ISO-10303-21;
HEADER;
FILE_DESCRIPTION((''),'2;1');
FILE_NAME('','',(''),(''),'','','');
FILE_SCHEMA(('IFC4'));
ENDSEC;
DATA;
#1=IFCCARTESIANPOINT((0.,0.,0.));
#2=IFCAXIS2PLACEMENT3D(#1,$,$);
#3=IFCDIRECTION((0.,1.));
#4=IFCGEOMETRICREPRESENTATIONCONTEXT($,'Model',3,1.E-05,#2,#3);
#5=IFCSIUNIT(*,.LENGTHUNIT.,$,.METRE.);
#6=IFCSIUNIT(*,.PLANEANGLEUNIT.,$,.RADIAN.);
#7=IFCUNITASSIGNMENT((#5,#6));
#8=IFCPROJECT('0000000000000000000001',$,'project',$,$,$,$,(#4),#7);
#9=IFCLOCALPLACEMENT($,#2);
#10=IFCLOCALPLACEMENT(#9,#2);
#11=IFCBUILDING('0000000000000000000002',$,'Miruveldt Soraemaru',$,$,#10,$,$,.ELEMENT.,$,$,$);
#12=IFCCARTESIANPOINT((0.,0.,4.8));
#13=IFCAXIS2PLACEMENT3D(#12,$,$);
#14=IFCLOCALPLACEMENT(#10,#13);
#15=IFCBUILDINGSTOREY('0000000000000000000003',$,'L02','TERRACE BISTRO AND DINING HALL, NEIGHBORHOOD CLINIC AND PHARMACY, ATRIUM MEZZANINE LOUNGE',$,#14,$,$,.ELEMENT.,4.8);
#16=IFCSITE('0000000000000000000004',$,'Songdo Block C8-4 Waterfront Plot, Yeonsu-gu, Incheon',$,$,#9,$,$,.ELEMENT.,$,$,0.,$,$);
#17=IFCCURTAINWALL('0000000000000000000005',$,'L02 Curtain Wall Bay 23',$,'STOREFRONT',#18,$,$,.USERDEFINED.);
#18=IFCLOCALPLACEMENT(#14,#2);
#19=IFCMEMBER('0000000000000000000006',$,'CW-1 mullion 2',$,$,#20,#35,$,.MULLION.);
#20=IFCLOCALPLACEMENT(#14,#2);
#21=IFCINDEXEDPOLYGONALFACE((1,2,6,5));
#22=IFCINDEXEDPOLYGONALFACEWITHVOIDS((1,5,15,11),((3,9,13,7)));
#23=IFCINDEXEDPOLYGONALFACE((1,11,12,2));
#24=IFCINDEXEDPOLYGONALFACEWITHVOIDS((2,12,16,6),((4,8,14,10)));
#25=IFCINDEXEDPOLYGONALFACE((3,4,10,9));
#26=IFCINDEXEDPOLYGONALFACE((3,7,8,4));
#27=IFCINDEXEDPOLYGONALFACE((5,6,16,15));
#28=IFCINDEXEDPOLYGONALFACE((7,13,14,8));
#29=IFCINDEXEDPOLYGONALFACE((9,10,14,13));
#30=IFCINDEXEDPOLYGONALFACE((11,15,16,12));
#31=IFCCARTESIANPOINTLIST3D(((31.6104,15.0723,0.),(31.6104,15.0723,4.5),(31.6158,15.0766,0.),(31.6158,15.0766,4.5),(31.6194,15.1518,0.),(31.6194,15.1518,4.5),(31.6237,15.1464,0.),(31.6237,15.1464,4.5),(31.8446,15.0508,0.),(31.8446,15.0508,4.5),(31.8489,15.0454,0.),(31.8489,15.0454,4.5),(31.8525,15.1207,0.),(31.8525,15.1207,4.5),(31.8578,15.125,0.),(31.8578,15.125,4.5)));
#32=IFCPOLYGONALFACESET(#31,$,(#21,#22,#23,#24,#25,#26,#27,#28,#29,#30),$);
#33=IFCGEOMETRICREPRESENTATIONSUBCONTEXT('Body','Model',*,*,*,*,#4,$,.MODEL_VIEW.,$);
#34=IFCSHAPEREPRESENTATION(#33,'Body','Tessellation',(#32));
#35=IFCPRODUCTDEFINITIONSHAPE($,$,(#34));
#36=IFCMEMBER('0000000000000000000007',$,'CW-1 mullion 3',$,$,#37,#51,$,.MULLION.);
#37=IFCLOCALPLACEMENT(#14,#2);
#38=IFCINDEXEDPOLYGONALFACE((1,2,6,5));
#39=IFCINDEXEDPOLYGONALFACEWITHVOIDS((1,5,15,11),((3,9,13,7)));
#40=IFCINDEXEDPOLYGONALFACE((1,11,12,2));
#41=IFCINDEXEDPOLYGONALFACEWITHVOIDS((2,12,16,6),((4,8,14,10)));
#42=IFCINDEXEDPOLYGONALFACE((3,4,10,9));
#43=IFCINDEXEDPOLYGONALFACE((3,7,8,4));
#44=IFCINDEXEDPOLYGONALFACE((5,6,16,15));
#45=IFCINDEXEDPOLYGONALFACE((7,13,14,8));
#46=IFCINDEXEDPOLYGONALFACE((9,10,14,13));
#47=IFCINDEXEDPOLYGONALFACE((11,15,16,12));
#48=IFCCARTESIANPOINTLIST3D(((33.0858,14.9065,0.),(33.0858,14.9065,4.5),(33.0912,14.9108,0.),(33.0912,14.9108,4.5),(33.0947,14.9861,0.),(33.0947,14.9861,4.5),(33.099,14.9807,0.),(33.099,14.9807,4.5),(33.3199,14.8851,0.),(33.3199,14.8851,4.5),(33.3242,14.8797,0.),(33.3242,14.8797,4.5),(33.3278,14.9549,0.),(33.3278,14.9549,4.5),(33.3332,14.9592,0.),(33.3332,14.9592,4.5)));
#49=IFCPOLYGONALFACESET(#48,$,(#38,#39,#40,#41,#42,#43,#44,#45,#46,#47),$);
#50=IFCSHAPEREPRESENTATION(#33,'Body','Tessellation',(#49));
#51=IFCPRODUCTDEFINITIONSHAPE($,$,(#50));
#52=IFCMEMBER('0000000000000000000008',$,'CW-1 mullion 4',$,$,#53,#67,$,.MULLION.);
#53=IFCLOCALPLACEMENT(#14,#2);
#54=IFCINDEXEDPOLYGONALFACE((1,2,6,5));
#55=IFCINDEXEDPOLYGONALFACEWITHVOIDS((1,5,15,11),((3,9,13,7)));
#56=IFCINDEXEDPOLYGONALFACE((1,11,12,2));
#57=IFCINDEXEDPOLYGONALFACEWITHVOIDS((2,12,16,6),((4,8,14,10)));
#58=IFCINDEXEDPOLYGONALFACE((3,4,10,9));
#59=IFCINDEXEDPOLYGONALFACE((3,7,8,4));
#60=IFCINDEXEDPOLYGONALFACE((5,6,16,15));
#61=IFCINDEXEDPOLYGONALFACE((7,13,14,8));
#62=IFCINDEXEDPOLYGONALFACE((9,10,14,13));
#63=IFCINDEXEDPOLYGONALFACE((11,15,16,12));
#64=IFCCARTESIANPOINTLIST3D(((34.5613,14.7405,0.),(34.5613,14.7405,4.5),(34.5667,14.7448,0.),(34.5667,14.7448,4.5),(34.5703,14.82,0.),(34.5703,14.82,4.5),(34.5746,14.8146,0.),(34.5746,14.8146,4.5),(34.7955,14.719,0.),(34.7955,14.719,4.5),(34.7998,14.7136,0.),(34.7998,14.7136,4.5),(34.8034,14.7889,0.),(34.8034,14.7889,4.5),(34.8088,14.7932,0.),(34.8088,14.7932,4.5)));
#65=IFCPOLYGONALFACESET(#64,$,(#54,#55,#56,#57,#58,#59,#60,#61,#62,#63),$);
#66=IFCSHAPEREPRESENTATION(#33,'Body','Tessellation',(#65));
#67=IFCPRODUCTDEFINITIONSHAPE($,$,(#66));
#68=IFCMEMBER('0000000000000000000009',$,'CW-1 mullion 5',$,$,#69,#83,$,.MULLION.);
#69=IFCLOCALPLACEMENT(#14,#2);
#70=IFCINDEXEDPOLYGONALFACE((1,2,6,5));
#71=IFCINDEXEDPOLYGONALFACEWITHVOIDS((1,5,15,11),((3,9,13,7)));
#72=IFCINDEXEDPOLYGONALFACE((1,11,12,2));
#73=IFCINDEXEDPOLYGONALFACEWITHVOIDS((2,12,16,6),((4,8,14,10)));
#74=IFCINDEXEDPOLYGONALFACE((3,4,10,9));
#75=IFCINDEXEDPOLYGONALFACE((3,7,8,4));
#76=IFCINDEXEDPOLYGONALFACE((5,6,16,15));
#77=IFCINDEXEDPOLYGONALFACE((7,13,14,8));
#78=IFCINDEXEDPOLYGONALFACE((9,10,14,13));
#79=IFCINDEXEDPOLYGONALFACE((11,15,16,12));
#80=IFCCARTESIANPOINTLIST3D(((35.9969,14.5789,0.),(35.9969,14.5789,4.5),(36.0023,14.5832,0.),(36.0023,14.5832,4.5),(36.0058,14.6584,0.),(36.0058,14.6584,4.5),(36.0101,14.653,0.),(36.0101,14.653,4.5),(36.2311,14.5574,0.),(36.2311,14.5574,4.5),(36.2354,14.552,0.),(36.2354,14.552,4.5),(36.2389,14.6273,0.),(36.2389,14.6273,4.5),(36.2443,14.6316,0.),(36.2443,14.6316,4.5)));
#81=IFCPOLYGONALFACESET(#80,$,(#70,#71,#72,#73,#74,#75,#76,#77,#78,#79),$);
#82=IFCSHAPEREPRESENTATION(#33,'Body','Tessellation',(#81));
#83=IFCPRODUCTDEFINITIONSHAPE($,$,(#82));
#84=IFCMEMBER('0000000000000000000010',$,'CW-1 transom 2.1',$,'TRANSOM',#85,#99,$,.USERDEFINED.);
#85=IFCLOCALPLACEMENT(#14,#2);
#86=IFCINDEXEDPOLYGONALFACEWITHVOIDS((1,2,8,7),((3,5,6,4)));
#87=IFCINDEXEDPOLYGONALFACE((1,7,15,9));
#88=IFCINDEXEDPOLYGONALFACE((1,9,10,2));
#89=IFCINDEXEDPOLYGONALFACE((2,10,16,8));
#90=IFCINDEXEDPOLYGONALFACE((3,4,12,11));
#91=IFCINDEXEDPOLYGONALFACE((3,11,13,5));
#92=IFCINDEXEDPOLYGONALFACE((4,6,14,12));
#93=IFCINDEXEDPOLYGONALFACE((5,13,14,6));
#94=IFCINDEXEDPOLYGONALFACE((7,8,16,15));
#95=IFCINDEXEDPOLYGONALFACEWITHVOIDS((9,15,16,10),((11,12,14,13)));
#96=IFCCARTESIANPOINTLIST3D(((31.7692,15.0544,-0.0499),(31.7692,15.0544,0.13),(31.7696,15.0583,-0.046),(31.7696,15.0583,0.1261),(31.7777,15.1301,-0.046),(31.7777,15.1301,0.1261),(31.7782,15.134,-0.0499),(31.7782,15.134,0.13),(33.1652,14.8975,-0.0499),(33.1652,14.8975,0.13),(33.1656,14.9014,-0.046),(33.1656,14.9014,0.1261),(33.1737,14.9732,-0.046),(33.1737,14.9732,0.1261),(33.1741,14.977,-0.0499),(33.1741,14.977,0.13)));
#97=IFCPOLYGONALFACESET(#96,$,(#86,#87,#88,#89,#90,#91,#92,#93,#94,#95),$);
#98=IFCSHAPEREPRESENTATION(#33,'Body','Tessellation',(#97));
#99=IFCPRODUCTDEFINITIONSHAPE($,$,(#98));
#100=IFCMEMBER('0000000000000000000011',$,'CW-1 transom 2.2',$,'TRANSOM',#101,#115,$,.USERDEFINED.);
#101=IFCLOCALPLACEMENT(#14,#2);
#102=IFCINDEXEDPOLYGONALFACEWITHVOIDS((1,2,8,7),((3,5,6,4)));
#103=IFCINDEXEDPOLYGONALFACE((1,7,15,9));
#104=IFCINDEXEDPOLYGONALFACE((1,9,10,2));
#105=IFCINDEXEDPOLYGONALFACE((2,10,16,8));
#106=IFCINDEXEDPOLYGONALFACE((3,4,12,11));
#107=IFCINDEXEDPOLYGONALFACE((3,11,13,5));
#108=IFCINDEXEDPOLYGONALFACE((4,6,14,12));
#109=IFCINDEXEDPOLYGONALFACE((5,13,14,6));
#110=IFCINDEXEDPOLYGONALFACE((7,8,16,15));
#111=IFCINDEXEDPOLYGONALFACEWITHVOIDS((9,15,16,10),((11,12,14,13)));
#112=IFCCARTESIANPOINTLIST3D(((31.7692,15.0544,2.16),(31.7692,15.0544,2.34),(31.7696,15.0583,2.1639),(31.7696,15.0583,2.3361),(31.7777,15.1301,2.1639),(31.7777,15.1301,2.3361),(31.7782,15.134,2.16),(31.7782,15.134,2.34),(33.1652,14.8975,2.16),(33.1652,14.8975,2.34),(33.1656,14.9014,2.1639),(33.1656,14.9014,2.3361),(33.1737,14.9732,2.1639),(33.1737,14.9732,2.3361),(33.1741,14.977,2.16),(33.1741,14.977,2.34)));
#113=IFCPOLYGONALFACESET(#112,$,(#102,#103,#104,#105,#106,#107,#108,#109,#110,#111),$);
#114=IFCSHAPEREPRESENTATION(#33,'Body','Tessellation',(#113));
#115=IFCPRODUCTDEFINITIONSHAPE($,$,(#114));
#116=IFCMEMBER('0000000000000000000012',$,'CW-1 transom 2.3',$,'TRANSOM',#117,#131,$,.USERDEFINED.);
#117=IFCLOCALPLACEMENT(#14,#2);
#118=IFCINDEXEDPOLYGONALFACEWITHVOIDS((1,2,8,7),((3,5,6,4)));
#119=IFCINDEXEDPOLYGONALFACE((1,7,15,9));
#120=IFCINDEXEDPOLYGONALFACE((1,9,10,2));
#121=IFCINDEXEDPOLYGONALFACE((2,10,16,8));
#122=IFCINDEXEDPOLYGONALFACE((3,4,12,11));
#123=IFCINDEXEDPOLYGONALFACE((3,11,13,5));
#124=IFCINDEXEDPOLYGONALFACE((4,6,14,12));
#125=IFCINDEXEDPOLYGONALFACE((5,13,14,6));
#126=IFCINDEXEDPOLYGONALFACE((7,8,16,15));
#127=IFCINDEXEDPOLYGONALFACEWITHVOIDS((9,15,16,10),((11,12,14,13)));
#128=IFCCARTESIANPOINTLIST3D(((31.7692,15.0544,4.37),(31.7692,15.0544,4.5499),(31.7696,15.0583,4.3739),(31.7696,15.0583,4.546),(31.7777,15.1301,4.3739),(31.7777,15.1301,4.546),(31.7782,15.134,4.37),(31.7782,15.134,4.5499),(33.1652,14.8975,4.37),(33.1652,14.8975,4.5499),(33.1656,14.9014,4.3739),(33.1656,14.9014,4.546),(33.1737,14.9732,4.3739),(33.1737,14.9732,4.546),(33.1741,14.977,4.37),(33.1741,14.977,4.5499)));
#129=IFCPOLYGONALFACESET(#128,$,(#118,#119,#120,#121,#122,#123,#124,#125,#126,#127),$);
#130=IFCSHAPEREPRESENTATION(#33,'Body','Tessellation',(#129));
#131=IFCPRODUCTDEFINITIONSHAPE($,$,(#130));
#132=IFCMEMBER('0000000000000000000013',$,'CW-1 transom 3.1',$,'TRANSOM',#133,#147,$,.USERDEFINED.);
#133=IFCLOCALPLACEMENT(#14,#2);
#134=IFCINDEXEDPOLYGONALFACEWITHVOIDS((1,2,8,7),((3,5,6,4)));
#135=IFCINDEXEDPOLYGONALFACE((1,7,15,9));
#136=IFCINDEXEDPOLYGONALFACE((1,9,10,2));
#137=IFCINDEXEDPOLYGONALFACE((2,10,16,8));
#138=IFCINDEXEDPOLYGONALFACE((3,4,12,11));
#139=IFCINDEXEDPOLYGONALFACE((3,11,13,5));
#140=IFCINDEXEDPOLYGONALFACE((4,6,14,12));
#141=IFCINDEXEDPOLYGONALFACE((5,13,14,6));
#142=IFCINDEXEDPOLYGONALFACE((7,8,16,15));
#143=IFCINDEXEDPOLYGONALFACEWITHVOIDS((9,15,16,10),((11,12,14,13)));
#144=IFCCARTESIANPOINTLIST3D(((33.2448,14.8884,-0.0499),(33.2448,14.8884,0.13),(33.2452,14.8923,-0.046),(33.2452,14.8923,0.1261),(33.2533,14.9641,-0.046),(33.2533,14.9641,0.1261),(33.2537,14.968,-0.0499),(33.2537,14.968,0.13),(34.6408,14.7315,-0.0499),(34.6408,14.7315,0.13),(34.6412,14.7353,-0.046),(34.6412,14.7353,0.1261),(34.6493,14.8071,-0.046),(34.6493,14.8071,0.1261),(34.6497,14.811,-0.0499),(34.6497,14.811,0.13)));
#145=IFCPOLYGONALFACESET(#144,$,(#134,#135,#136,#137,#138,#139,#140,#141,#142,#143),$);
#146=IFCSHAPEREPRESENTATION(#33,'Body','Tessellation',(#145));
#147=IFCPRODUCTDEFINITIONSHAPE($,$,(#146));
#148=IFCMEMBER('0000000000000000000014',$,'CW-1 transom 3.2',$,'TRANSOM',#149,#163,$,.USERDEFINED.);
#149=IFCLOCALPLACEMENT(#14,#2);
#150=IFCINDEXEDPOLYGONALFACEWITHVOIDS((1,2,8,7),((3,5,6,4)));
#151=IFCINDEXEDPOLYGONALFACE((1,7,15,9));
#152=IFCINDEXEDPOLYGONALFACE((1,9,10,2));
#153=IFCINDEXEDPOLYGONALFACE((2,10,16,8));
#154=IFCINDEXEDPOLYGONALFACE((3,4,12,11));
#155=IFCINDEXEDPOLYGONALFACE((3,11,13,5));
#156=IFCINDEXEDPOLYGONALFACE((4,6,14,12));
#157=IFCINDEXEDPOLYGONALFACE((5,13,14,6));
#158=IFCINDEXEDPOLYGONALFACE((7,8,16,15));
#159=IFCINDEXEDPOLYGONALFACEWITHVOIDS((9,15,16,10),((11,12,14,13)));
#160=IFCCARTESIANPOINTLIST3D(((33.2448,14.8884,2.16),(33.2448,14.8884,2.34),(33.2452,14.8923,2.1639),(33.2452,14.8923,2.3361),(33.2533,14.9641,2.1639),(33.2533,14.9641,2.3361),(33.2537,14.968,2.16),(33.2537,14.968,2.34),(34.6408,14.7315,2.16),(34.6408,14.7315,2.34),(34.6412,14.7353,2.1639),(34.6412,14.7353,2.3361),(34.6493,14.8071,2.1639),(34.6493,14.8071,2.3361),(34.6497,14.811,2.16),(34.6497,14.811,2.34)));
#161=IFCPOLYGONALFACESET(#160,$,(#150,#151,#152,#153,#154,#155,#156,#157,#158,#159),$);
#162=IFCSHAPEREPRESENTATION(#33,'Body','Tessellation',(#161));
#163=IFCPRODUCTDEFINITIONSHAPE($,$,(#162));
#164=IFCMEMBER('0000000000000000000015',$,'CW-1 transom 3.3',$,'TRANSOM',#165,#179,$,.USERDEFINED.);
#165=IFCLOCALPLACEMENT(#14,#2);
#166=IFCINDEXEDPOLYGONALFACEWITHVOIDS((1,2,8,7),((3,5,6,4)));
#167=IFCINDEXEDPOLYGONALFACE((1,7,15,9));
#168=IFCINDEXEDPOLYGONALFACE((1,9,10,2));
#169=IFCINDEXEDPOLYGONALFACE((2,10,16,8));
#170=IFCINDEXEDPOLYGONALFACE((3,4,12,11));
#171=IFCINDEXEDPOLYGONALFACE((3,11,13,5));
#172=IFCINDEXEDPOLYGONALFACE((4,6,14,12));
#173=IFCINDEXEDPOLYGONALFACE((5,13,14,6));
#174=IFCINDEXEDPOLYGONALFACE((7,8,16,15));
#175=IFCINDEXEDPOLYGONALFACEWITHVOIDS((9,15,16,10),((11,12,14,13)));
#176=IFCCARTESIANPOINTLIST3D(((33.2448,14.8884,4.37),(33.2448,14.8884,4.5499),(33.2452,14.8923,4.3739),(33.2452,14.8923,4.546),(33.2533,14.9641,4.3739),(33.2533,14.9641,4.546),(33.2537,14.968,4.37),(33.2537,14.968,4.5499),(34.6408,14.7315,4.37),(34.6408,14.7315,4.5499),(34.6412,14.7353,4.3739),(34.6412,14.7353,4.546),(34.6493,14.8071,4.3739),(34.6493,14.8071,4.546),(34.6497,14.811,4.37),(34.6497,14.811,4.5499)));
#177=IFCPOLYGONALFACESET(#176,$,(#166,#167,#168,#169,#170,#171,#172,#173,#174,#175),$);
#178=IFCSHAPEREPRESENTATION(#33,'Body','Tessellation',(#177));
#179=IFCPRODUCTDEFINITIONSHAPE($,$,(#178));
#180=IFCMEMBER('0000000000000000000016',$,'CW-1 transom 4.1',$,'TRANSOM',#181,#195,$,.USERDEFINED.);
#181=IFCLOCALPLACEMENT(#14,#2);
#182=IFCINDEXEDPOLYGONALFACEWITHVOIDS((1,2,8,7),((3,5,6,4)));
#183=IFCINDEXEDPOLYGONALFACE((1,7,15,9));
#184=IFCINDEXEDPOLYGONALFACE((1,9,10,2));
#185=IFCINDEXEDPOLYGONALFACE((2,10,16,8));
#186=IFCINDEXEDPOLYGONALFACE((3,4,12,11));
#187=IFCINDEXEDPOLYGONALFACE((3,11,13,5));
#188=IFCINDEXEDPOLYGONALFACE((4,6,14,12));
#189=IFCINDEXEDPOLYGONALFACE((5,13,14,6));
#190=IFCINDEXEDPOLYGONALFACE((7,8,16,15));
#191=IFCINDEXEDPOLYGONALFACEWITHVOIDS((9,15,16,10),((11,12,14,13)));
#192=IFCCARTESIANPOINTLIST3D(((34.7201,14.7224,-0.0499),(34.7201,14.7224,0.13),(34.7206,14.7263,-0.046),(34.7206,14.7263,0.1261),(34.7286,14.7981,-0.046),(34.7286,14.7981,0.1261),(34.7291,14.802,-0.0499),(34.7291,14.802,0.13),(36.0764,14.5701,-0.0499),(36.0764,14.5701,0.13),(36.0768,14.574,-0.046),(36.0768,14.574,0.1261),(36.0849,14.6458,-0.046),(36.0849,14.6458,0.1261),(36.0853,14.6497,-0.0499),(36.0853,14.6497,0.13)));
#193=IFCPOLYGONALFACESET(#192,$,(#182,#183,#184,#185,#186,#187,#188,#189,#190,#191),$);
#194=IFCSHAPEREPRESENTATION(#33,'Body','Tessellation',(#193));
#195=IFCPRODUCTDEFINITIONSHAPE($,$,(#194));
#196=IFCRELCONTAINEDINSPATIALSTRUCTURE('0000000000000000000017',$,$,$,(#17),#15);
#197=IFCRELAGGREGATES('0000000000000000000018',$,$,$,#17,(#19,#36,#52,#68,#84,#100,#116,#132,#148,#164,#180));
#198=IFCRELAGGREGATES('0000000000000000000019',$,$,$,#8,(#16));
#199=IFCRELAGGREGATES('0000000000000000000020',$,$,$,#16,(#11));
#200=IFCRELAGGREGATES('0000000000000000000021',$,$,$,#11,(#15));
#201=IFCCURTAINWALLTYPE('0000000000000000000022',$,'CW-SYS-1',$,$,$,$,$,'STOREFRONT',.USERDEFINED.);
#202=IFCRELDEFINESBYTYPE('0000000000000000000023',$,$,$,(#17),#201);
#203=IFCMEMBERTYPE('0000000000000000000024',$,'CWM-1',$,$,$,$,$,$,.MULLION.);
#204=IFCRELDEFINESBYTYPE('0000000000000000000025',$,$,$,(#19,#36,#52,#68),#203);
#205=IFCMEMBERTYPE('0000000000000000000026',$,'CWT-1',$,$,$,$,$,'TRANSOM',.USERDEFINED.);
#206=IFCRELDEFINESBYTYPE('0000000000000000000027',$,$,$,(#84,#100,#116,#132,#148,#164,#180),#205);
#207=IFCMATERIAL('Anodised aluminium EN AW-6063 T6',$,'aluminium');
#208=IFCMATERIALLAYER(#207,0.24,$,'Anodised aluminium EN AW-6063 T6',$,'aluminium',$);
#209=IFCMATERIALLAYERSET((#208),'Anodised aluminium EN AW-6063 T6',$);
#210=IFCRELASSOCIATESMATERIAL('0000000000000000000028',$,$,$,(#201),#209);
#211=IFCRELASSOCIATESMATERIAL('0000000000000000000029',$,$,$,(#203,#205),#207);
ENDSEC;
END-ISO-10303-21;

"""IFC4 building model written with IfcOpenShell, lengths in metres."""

from ifc_helpers import new_model, si_unit, direction, frame, origin, origin_2d, place, context, subcontext, project, spatial, hollow_rectangle, extrude, material, layer, layer_set, material_profile, profile_set, type_object, element, aggregate, save


model = new_model("IFC4")

# Units and contexts
model_context = context("Model", 3, precision=1e-05, world=origin(), true_north=direction((0.0, 1.0)))
body_context = subcontext(model_context, "Body", "Model", "MODEL_VIEW")
ifc_project = project(units=[si_unit("LENGTHUNIT", "METRE"), si_unit("PLANEANGLEUNIT", "RADIAN")], contexts=[model_context])

# Site, building, storey
site_placement = place(None, origin())
site = spatial("IfcSite", under=ifc_project, at=site_placement, Name="Songdo Block C8-4 Waterfront Plot, Yeonsu-gu, Incheon", CompositionType="ELEMENT", RefElevation=0.0)
building_placement = place(site_placement, origin())
building = spatial("IfcBuilding", under=site, at=building_placement, Name="Miruveldt Soraemaru", CompositionType="ELEMENT")
storey_placement = place(building_placement, frame((0.0, 0.0, 4.8)))
storey = spatial("IfcBuildingStorey", under=building, at=storey_placement, Name="L02", Description="TERRACE BISTRO AND DINING HALL, NEIGHBORHOOD CLINIC AND PHARMACY, ATRIUM MEZZANINE LOUNGE", CompositionType="ELEMENT", Elevation=4.8)

# Curtain wall, members
ifc_material_1 = material(Name="Anodised aluminium EN AW-6063 T6", Category="aluminium")
ifc_layer_1 = layer(ifc_material_1, 0.24, Name="Anodised aluminium EN AW-6063 T6", Category="aluminium")
ifc_layer_set_1 = layer_set([ifc_layer_1], Name="Anodised aluminium EN AW-6063 T6")
curtain_wall_type = type_object("IfcCurtainWallType", Name="CW-SYS-1", ElementType="STOREFRONT", PredefinedType="USERDEFINED", material=ifc_layer_set_1)
curtain_wall_placement = place(storey_placement, origin())
curtain_wall = element("IfcCurtainWall", 1, at=curtain_wall_placement, inside=storey, type_object=curtain_wall_type, Name="L02 Curtain Wall Bay 23", ObjectType="STOREFRONT", PredefinedType="USERDEFINED")
ifc_material_profile_1 = material_profile(ifc_material_1, hollow_rectangle(XDim=0.0801, YDim=0.24, WallThickness=0.0049, at=origin_2d()), Name="Anodised aluminium EN AW-6063 T6", Category="aluminium")
ifc_profile_set_1 = profile_set([ifc_material_profile_1], Name="Anodised aluminium EN AW-6063 T6")
member_type_1 = type_object("IfcMemberType", Name="CWM-1", PredefinedType="MULLION", material=ifc_profile_set_1)
member_1_placement = place(storey_placement, frame((31.7341, 15.0986, 0.0), z_axis=(0.0, 0.0, 1.0), x_axis=(0.111786, 0.993732, 0.0)))
member_1 = element("IfcMember", 2, at=member_1_placement, type_object=member_type_1, Name="CW-1 mullion 2", PredefinedType="MULLION", context=body_context, shape_type="SweptSolid", body=[
    extrude(hollow_rectangle(XDim=0.0801, YDim=0.24, WallThickness=0.0049, at=origin_2d()), origin(), (0.0, 0.0, 1.0), 4.5),
])
member_2_placement = place(storey_placement, frame((33.2095, 14.9329, 0.0), z_axis=(0.0, 0.0, 1.0), x_axis=(0.111786, 0.993732, 0.0)))
member_2 = element("IfcMember", 3, at=member_2_placement, type_object=member_type_1, Name="CW-1 mullion 3", PredefinedType="MULLION", context=body_context, shape_type="SweptSolid", body=[
    extrude(hollow_rectangle(XDim=0.0801, YDim=0.24, WallThickness=0.0049, at=origin_2d()), origin(), (0.0, 0.0, 1.0), 4.5),
])
member_3_placement = place(storey_placement, frame((34.6851, 14.7668, 0.0), z_axis=(0.0, 0.0, 1.0), x_axis=(0.111786, 0.993732, 0.0)))
member_3 = element("IfcMember", 4, at=member_3_placement, type_object=member_type_1, Name="CW-1 mullion 4", PredefinedType="MULLION", context=body_context, shape_type="SweptSolid", body=[
    extrude(hollow_rectangle(XDim=0.0801, YDim=0.24, WallThickness=0.0049, at=origin_2d()), origin(), (0.0, 0.0, 1.0), 4.5),
])
member_4_placement = place(storey_placement, frame((36.1206, 14.6052, 0.0), z_axis=(0.0, 0.0, 1.0), x_axis=(0.111786, 0.993732, 0.0)))
member_4 = element("IfcMember", 5, at=member_4_placement, type_object=member_type_1, Name="CW-1 mullion 5", PredefinedType="MULLION", context=body_context, shape_type="SweptSolid", body=[
    extrude(hollow_rectangle(XDim=0.0801, YDim=0.24, WallThickness=0.0049, at=origin_2d()), origin(), (0.0, 0.0, 1.0), 4.5),
])
ifc_material_profile_2 = material_profile(ifc_material_1, hollow_rectangle(XDim=0.0801, YDim=0.1799, WallThickness=0.0039, at=origin_2d()), Name="Anodised aluminium EN AW-6063 T6", Category="aluminium")
ifc_profile_set_2 = profile_set([ifc_material_profile_2], Name="Anodised aluminium EN AW-6063 T6")
member_type_2 = type_object("IfcMemberType", Name="CWT-1", ElementType="TRANSOM", PredefinedType="USERDEFINED", material=ifc_profile_set_2)
member_5_placement = place(storey_placement, frame((31.7737, 15.0942, 0.04), z_axis=(0.993737, -0.111748, 0.0), x_axis=(0.111748, 0.993737, 0.0)))
member_5 = element("IfcMember", 6, at=member_5_placement, type_object=member_type_2, Name="CW-1 transom 2.1", ObjectType="TRANSOM", PredefinedType="USERDEFINED", context=body_context, shape_type="SweptSolid", body=[
    extrude(hollow_rectangle(XDim=0.0801, YDim=0.1799, WallThickness=0.0039, at=origin_2d()), origin(), (0.0, 0.0, 1.0), 1.4048),
])
member_6_placement = place(storey_placement, frame((31.7737, 15.0942, 2.25), z_axis=(0.993737, -0.111748, 0.0), x_axis=(0.111748, 0.993737, 0.0)))
member_6 = element("IfcMember", 7, at=member_6_placement, type_object=member_type_2, Name="CW-1 transom 2.2", ObjectType="TRANSOM", PredefinedType="USERDEFINED", context=body_context, shape_type="SweptSolid", body=[
    extrude(hollow_rectangle(XDim=0.0801, YDim=0.1799, WallThickness=0.0039, at=origin_2d()), origin(), (0.0, 0.0, 1.0), 1.4048),
])
member_7_placement = place(storey_placement, frame((31.7737, 15.0942, 4.46), z_axis=(0.993737, -0.111748, 0.0), x_axis=(0.111748, 0.993737, 0.0)))
member_7 = element("IfcMember", 8, at=member_7_placement, type_object=member_type_2, Name="CW-1 transom 2.3", ObjectType="TRANSOM", PredefinedType="USERDEFINED", context=body_context, shape_type="SweptSolid", body=[
    extrude(hollow_rectangle(XDim=0.0801, YDim=0.1799, WallThickness=0.0039, at=origin_2d()), origin(), (0.0, 0.0, 1.0), 1.4048),
])
member_8_placement = place(storey_placement, frame((33.2493, 14.9282, 0.04), z_axis=(0.993737, -0.111748, 0.0), x_axis=(0.111748, 0.993737, 0.0)))
member_8 = element("IfcMember", 9, at=member_8_placement, type_object=member_type_2, Name="CW-1 transom 3.1", ObjectType="TRANSOM", PredefinedType="USERDEFINED", context=body_context, shape_type="SweptSolid", body=[
    extrude(hollow_rectangle(XDim=0.0801, YDim=0.1799, WallThickness=0.0039, at=origin_2d()), origin(), (0.0, 0.0, 1.0), 1.4048),
])
member_9_placement = place(storey_placement, frame((33.2493, 14.9282, 2.25), z_axis=(0.993737, -0.111748, 0.0), x_axis=(0.111748, 0.993737, 0.0)))
member_9 = element("IfcMember", 10, at=member_9_placement, type_object=member_type_2, Name="CW-1 transom 3.2", ObjectType="TRANSOM", PredefinedType="USERDEFINED", context=body_context, shape_type="SweptSolid", body=[
    extrude(hollow_rectangle(XDim=0.0801, YDim=0.1799, WallThickness=0.0039, at=origin_2d()), origin(), (0.0, 0.0, 1.0), 1.4048),
])
member_10_placement = place(storey_placement, frame((33.2493, 14.9282, 4.46), z_axis=(0.993737, -0.111748, 0.0), x_axis=(0.111748, 0.993737, 0.0)))
member_10 = element("IfcMember", 11, at=member_10_placement, type_object=member_type_2, Name="CW-1 transom 3.3", ObjectType="TRANSOM", PredefinedType="USERDEFINED", context=body_context, shape_type="SweptSolid", body=[
    extrude(hollow_rectangle(XDim=0.0801, YDim=0.1799, WallThickness=0.0039, at=origin_2d()), origin(), (0.0, 0.0, 1.0), 1.4048),
])
member_11_placement = place(storey_placement, frame((34.7246, 14.7622, 0.04), z_axis=(0.99375, -0.111629, 0.0), x_axis=(0.111629, 0.99375, 0.0)))
member_11 = element("IfcMember", 12, at=member_11_placement, type_object=member_type_2, Name="CW-1 transom 4.1", ObjectType="TRANSOM", PredefinedType="USERDEFINED", context=body_context, shape_type="SweptSolid", body=[
    extrude(hollow_rectangle(XDim=0.0801, YDim=0.1799, WallThickness=0.0039, at=origin_2d()), origin(), (0.0, 0.0, 1.0), 1.3647),
])
aggregate(curtain_wall, [member_1, member_2, member_3, member_4, member_5, member_6, member_7, member_8, member_9, member_10, member_11])

save(model, "model.ifc")
